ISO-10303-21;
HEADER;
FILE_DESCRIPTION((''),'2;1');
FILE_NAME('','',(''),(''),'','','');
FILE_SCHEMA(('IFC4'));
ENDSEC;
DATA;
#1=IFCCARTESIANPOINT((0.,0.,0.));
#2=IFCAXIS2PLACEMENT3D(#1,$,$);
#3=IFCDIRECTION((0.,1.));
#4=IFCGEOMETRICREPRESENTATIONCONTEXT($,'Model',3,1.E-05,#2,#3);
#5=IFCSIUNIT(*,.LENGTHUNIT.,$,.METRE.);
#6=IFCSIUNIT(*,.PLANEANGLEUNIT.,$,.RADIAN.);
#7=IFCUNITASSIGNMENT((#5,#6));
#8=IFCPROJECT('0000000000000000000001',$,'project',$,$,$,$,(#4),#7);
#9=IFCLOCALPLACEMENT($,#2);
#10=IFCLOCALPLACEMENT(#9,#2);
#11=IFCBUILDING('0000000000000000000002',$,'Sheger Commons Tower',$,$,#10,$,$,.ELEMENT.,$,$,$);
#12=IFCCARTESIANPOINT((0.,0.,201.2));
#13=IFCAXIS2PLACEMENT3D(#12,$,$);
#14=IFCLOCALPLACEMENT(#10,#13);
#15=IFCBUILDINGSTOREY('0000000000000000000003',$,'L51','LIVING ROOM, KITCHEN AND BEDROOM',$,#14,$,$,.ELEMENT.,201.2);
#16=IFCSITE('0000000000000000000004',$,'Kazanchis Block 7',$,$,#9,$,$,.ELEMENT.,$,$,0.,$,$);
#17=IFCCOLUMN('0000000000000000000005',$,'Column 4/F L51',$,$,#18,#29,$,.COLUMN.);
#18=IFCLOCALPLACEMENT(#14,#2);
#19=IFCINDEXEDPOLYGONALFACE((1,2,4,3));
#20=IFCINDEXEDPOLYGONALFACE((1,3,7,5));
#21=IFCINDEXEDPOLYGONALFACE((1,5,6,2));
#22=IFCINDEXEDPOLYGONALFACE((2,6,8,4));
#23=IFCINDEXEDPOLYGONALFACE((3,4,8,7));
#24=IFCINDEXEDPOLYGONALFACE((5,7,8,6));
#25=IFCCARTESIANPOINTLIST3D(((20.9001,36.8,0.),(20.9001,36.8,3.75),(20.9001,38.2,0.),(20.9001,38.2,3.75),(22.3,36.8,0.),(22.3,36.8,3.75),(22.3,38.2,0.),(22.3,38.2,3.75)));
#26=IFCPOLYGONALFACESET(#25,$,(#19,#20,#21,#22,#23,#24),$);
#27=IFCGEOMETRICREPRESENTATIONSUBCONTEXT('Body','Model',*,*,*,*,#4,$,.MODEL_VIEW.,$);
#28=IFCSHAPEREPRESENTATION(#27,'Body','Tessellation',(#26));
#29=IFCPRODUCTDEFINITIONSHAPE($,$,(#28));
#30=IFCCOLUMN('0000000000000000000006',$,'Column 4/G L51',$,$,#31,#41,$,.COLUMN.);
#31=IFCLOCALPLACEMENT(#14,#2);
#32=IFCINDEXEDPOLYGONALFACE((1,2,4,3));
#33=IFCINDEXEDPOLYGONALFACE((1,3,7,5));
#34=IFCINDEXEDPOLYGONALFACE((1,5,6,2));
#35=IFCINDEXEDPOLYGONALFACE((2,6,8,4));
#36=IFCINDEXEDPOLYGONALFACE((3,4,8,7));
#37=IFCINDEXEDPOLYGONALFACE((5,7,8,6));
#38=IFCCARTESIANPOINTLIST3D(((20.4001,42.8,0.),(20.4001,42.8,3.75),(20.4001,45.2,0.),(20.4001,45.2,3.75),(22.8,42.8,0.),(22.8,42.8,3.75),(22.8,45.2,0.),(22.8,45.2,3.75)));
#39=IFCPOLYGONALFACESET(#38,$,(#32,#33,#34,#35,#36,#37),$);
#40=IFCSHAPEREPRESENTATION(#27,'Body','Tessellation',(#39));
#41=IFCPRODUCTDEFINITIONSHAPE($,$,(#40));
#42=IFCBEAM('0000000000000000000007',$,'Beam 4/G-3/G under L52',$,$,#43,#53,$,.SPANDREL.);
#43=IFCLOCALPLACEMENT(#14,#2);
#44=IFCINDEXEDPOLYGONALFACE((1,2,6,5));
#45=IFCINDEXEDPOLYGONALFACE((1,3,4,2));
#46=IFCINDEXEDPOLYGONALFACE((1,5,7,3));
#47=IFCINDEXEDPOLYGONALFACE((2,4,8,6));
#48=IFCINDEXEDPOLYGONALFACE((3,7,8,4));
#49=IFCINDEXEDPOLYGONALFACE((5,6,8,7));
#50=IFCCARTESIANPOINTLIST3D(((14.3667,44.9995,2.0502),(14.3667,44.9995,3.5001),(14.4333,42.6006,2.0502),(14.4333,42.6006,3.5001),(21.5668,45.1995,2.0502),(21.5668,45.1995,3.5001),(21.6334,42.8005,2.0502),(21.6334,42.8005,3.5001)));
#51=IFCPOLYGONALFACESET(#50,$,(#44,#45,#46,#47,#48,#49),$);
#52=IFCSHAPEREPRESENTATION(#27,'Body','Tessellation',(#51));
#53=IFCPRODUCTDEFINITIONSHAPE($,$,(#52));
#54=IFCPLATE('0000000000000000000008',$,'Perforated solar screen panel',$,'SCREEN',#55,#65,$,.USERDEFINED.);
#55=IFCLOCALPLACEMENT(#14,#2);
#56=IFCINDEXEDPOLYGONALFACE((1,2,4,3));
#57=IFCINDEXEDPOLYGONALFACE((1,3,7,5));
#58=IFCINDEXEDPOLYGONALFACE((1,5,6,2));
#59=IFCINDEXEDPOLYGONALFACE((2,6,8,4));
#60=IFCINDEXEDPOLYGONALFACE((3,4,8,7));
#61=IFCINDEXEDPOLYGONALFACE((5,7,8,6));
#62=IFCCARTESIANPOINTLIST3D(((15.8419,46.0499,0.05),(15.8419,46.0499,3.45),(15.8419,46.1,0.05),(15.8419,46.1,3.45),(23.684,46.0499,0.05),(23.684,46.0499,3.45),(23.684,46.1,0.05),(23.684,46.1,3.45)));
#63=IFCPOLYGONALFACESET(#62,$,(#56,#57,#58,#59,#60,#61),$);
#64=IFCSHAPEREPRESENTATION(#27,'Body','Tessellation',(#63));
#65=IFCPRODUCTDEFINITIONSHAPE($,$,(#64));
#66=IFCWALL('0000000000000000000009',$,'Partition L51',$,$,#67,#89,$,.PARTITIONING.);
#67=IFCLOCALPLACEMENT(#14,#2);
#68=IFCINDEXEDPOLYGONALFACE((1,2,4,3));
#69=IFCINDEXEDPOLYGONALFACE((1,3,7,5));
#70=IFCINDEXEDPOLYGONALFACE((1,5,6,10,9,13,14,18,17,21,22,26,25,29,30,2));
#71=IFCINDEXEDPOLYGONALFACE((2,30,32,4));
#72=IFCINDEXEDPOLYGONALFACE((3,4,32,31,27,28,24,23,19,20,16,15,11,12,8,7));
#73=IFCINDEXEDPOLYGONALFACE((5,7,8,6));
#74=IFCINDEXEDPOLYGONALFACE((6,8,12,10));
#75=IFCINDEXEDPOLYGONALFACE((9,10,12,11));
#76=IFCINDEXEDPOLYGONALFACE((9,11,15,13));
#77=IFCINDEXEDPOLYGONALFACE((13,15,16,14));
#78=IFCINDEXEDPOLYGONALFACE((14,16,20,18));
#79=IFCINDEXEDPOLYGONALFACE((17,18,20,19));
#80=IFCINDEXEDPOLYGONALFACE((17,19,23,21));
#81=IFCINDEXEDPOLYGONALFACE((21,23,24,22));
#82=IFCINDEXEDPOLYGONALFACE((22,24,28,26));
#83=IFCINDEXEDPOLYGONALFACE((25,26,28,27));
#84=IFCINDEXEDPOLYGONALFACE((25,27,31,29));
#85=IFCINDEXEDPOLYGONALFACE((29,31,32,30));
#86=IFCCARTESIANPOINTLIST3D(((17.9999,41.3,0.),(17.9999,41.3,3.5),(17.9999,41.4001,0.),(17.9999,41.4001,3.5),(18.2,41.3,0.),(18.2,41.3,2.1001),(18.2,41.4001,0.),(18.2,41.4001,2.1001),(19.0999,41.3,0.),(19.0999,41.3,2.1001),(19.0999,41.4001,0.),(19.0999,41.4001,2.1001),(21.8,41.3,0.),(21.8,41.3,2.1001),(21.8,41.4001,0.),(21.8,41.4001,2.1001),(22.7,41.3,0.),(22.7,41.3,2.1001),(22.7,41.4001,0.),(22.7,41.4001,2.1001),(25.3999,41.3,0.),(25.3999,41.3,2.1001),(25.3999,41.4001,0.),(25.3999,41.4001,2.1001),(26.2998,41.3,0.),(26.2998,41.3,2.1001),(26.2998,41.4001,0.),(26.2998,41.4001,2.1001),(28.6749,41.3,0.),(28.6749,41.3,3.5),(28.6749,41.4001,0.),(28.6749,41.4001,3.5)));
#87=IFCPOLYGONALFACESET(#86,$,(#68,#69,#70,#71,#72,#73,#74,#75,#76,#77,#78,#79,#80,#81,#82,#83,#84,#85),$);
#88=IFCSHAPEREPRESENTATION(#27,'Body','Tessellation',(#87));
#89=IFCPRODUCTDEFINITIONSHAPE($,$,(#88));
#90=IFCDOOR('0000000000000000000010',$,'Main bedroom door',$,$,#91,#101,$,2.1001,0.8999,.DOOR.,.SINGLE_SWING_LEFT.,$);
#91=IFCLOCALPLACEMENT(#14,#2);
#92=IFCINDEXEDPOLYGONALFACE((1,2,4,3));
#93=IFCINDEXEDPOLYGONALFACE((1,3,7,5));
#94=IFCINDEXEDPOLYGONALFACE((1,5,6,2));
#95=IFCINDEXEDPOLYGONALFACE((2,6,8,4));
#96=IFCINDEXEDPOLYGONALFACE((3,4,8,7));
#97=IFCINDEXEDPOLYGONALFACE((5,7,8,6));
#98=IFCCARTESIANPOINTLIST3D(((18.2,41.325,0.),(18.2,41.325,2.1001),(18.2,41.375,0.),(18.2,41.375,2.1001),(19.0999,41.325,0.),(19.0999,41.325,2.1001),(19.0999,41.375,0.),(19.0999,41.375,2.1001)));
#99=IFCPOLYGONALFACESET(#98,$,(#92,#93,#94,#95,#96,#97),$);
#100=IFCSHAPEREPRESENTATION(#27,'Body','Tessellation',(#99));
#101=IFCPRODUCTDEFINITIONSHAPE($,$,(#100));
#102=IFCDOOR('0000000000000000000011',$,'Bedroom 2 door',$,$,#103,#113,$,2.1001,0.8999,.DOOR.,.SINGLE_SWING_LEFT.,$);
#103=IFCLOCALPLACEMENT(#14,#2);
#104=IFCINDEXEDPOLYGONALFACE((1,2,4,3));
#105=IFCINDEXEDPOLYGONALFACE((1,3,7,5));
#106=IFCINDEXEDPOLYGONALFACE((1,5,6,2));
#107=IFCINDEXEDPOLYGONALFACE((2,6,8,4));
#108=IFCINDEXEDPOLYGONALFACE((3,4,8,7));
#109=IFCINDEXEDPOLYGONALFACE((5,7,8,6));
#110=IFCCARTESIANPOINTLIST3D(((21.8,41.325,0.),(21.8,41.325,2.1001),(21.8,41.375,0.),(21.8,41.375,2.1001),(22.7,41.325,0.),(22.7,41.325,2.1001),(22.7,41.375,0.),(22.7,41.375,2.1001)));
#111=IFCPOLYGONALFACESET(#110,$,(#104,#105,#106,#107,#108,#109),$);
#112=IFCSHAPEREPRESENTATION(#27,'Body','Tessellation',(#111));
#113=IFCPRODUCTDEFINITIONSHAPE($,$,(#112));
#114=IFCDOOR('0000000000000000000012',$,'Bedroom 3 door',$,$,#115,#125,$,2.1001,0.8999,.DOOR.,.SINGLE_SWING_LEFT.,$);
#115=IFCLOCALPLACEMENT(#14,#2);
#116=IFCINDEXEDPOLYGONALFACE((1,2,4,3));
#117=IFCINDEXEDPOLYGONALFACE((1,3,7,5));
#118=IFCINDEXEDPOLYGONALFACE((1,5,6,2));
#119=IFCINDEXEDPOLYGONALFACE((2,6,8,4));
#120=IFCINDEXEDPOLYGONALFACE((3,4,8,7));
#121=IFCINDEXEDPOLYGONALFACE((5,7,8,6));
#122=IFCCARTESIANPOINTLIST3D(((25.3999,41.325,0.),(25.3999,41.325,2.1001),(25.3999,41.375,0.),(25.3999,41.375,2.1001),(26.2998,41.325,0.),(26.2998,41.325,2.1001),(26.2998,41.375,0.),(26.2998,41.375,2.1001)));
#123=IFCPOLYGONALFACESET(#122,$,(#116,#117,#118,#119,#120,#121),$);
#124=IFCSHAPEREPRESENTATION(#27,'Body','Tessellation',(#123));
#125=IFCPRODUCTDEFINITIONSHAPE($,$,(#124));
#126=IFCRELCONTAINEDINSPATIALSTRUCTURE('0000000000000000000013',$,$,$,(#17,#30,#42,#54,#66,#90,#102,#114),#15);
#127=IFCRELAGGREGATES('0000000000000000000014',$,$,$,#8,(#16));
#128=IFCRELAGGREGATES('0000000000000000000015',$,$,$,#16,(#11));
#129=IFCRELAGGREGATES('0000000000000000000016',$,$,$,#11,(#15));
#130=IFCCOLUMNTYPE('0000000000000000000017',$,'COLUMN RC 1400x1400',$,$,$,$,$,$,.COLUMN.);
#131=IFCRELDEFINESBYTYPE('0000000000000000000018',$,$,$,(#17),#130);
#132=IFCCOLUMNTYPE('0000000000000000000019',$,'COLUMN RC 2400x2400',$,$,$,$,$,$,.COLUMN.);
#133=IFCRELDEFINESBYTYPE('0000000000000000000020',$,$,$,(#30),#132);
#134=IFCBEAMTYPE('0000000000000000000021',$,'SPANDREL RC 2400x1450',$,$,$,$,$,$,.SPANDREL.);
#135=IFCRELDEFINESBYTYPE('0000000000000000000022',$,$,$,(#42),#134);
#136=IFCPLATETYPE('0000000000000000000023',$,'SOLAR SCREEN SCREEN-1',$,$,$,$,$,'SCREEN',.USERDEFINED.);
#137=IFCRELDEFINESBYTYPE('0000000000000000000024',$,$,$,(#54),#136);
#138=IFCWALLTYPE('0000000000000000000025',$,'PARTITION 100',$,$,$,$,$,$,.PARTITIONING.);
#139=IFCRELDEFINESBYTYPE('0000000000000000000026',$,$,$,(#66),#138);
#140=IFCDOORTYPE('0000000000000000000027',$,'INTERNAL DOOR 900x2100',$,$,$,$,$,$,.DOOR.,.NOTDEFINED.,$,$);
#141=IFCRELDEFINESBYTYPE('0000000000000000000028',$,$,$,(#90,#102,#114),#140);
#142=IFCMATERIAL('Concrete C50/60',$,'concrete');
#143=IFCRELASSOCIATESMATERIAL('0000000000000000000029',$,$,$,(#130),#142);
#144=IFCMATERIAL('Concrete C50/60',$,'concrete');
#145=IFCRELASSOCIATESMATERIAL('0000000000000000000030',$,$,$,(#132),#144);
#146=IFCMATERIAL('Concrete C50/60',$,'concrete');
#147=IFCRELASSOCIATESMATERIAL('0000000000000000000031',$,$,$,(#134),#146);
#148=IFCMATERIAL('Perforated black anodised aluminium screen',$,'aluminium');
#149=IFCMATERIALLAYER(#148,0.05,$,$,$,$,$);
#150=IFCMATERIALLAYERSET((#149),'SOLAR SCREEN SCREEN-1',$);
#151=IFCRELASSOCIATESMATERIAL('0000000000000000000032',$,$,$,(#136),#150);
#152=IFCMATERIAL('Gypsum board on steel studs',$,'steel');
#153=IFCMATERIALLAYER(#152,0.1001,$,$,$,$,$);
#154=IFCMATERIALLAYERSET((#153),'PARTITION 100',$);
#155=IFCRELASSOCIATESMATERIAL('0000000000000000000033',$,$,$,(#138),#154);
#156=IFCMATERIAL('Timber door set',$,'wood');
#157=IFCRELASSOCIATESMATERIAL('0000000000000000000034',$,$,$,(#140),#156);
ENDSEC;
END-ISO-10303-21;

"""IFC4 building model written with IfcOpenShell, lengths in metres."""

from ifc_helpers import new_model, si_unit, direction, frame, frame_2d, origin, origin_2d, place, context, subcontext, project, spatial, rectangle, extrude, material, layer, layer_set, material_profile, profile_set, type_object, element, fill, save


model = new_model("IFC4")

# Units and contexts
model_context = context("Model", 3, precision=1e-05, world=origin(), true_north=direction((0.0, 1.0)))
body_context = subcontext(model_context, "Body", "Model", "MODEL_VIEW")
ifc_project = project(units=[si_unit("LENGTHUNIT", "METRE"), si_unit("PLANEANGLEUNIT", "RADIAN")], contexts=[model_context])

# Site, building, storey
site_placement = place(None, origin())
site = spatial("IfcSite", under=ifc_project, at=site_placement, Name="Kazanchis Block 7", CompositionType="ELEMENT", RefElevation=0.0)
building_placement = place(site_placement, origin())
building = spatial("IfcBuilding", under=site, at=building_placement, Name="Sheger Commons Tower", CompositionType="ELEMENT")
storey_placement = place(building_placement, frame((0.0, 0.0, 201.2)))
storey = spatial("IfcBuildingStorey", under=building, at=storey_placement, Name="L51", Description="LIVING ROOM, KITCHEN AND BEDROOM", CompositionType="ELEMENT", Elevation=201.2)

# Columns
ifc_material_1 = material(Name="Concrete C50/60", Category="concrete")
ifc_material_profile_1 = material_profile(ifc_material_1, rectangle(XDim=1.3999, YDim=1.3999, at=origin_2d()), Name="RC 1400x1400")
ifc_profile_set_1 = profile_set([ifc_material_profile_1], Name="Concrete C50/60")
column_type_1 = type_object("IfcColumnType", Name="COLUMN RC 1400x1400", PredefinedType="COLUMN", material=ifc_profile_set_1)
column_1_placement = place(storey_placement, frame((21.6001, 37.5, 0.0), z_axis=(0.0, 0.0, 1.0), x_axis=(1.0, 0.0, 0.0)))
element("IfcColumn", 1, at=column_1_placement, inside=storey, type_object=column_type_1, Name="Column 4/F L51", PredefinedType="COLUMN", context=body_context, shape_type="SweptSolid", body=[
    extrude(rectangle(XDim=1.3999, YDim=1.3999, at=origin_2d()), origin(), (0.0, 0.0, 1.0), 3.75),
])
ifc_material_2 = material(Name="Concrete C50/60", Category="concrete")
ifc_material_profile_2 = material_profile(ifc_material_2, rectangle(XDim=2.3999, YDim=2.3999, at=origin_2d()), Name="RC 2400x2400")
ifc_profile_set_2 = profile_set([ifc_material_profile_2], Name="Concrete C50/60")
column_type_2 = type_object("IfcColumnType", Name="COLUMN RC 2400x2400", PredefinedType="COLUMN", material=ifc_profile_set_2)
column_2_placement = place(storey_placement, frame((21.6001, 44.0, 0.0), z_axis=(0.0, 0.0, 1.0), x_axis=(1.0, 0.0, 0.0)))
element("IfcColumn", 2, at=column_2_placement, inside=storey, type_object=column_type_2, Name="Column 4/G L51", PredefinedType="COLUMN", context=body_context, shape_type="SweptSolid", body=[
    extrude(rectangle(XDim=2.3999, YDim=2.3999, at=origin_2d()), origin(), (0.0, 0.0, 1.0), 3.75),
])

# Beam
ifc_material_3 = material(Name="Concrete C50/60", Category="concrete")
ifc_material_profile_3 = material_profile(ifc_material_3, rectangle(XDim=2.3999, YDim=1.45, at=origin_2d()), Name="RC 2400x1450")
ifc_profile_set_3 = profile_set([ifc_material_profile_3], Name="Concrete C50/60")
beam_type = type_object("IfcBeamType", Name="SPANDREL RC 2400x1450", PredefinedType="SPANDREL", material=ifc_profile_set_3)
beam_placement = place(storey_placement, frame((21.6001, 44.0, 2.7751), z_axis=(-0.999615, -0.02776, 0.0), x_axis=(0.02776, -0.999615, 0.0)))
element("IfcBeam", 3, at=beam_placement, inside=storey, type_object=beam_type, Name="Beam 4/G-3/G under L52", PredefinedType="SPANDREL", context=body_context, shape_type="SweptSolid", body=[
    extrude(rectangle(XDim=2.3999, YDim=1.45, at=origin_2d()), origin(), (0.0, 0.0, 1.0), 7.2029),
])

# Plate
ifc_material_4 = material(Name="Perforated black anodised aluminium screen", Category="aluminium")
ifc_layer_1 = layer(ifc_material_4, 0.05)
ifc_layer_set_1 = layer_set([ifc_layer_1], Name="SOLAR SCREEN SCREEN-1")
plate_type = type_object("IfcPlateType", Name="SOLAR SCREEN SCREEN-1", ElementType="SCREEN", PredefinedType="USERDEFINED", material=ifc_layer_set_1)
plate_placement = place(storey_placement, frame((19.7629, 46.075, 0.05), z_axis=(0.0, 0.0, 1.0), x_axis=(-1.0, 0.0, 0.0)))
element("IfcPlate", 4, at=plate_placement, inside=storey, type_object=plate_type, Name="Perforated solar screen panel", ObjectType="SCREEN", PredefinedType="USERDEFINED", context=body_context, shape_type="SweptSolid", body=[
    extrude(rectangle(XDim=7.842, YDim=0.05, at=origin_2d()), origin(), (0.0, 0.0, 1.0), 3.3999),
])

# Wall, openings, doors
ifc_material_5 = material(Name="Gypsum board on steel studs", Category="steel")
ifc_layer_2 = layer(ifc_material_5, 0.1001)
ifc_layer_set_2 = layer_set([ifc_layer_2], Name="PARTITION 100")
wall_type = type_object("IfcWallType", Name="PARTITION 100", PredefinedType="PARTITIONING", material=ifc_layer_set_2)
wall_1_placement = place(storey_placement, frame((18.0, 41.3501, 0.0), z_axis=(0.0, 0.0, 1.0), x_axis=(1.0, 0.0, 0.0)))
wall_1 = element("IfcWall", 5, at=wall_1_placement, inside=storey, type_object=wall_type, Name="Partition L51", PredefinedType="PARTITIONING", context=body_context, shape_type="SweptSolid", body=[
    extrude(rectangle(XDim=10.675, YDim=0.1001, at=frame_2d((5.3374, 0.0))), origin(), (0.0, 0.0, 1.0), 3.5),
])
opening_1_placement = place(wall_1_placement, frame((0.2, 0.0, 0.0)))
opening_1 = element("IfcOpeningElement", 6, at=opening_1_placement, cuts=wall_1, PredefinedType="OPENING", context=body_context, shape_type="SweptSolid", body=[
    extrude(rectangle(XDim=0.8999, YDim=2.1001, at=frame_2d((0.45, 1.05))), frame((0.0, 0.0601, 0.0), z_axis=(0.0, -1.0, 0.0), x_axis=(1.0, 0.0, 0.0)), (0.0, 0.0, 1.0), 0.1201),
])
opening_2_placement = place(wall_1_placement, frame((3.8, 0.0, 0.0)))
opening_2 = element("IfcOpeningElement", 7, at=opening_2_placement, cuts=wall_1, PredefinedType="OPENING", context=body_context, shape_type="SweptSolid", body=[
    extrude(rectangle(XDim=0.8999, YDim=2.1001, at=frame_2d((0.45, 1.05))), frame((0.0, 0.0601, 0.0), z_axis=(0.0, -1.0, 0.0), x_axis=(1.0, 0.0, 0.0)), (0.0, 0.0, 1.0), 0.1201),
])
opening_3_placement = place(wall_1_placement, frame((7.3999, 0.0, 0.0)))
opening_3 = element("IfcOpeningElement", 8, at=opening_3_placement, cuts=wall_1, PredefinedType="OPENING", context=body_context, shape_type="SweptSolid", body=[
    extrude(rectangle(XDim=0.8999, YDim=2.1001, at=frame_2d((0.45, 1.05))), frame((0.0, 0.0601, 0.0), z_axis=(0.0, -1.0, 0.0), x_axis=(1.0, 0.0, 0.0)), (0.0, 0.0, 1.0), 0.1201),
])
ifc_material_6 = material(Name="Timber door set", Category="wood")
door_type = type_object("IfcDoorType", Name="INTERNAL DOOR 900x2100", OperationType="NOTDEFINED", PredefinedType="DOOR", material=ifc_material_6)
door_1_placement = place(opening_1_placement, origin())
door_1 = element("IfcDoor", 9, at=door_1_placement, inside=storey, type_object=door_type, Name="Main bedroom door", OperationType="SINGLE_SWING_LEFT", OverallHeight=2.1001, OverallWidth=0.8999, PredefinedType="DOOR", context=body_context, shape_type="SweptSolid", body=[
    extrude(rectangle(XDim=0.8999, YDim=2.1001, at=frame_2d((0.45, 1.05))), frame((0.0, 0.0249, 0.0), z_axis=(0.0, -1.0, 0.0), x_axis=(1.0, 0.0, 0.0)), (0.0, 0.0, 1.0), 0.05),
])
fill(opening_1, door_1)
door_2_placement = place(opening_2_placement, origin())
door_2 = element("IfcDoor", 10, at=door_2_placement, inside=storey, type_object=door_type, Name="Bedroom 2 door", OperationType="SINGLE_SWING_LEFT", OverallHeight=2.1001, OverallWidth=0.8999, PredefinedType="DOOR", context=body_context, shape_type="SweptSolid", body=[
    extrude(rectangle(XDim=0.8999, YDim=2.1001, at=frame_2d((0.45, 1.05))), frame((0.0, 0.0249, 0.0), z_axis=(0.0, -1.0, 0.0), x_axis=(1.0, 0.0, 0.0)), (0.0, 0.0, 1.0), 0.05),
])
fill(opening_2, door_2)
door_3_placement = place(opening_3_placement, origin())
door_3 = element("IfcDoor", 11, at=door_3_placement, inside=storey, type_object=door_type, Name="Bedroom 3 door", OperationType="SINGLE_SWING_LEFT", OverallHeight=2.1001, OverallWidth=0.8999, PredefinedType="DOOR", context=body_context, shape_type="SweptSolid", body=[
    extrude(rectangle(XDim=0.8999, YDim=2.1001, at=frame_2d((0.45, 1.05))), frame((0.0, 0.0249, 0.0), z_axis=(0.0, -1.0, 0.0), x_axis=(1.0, 0.0, 0.0)), (0.0, 0.0, 1.0), 0.05),
])
fill(opening_3, door_3)

save(model, "model.ifc")
